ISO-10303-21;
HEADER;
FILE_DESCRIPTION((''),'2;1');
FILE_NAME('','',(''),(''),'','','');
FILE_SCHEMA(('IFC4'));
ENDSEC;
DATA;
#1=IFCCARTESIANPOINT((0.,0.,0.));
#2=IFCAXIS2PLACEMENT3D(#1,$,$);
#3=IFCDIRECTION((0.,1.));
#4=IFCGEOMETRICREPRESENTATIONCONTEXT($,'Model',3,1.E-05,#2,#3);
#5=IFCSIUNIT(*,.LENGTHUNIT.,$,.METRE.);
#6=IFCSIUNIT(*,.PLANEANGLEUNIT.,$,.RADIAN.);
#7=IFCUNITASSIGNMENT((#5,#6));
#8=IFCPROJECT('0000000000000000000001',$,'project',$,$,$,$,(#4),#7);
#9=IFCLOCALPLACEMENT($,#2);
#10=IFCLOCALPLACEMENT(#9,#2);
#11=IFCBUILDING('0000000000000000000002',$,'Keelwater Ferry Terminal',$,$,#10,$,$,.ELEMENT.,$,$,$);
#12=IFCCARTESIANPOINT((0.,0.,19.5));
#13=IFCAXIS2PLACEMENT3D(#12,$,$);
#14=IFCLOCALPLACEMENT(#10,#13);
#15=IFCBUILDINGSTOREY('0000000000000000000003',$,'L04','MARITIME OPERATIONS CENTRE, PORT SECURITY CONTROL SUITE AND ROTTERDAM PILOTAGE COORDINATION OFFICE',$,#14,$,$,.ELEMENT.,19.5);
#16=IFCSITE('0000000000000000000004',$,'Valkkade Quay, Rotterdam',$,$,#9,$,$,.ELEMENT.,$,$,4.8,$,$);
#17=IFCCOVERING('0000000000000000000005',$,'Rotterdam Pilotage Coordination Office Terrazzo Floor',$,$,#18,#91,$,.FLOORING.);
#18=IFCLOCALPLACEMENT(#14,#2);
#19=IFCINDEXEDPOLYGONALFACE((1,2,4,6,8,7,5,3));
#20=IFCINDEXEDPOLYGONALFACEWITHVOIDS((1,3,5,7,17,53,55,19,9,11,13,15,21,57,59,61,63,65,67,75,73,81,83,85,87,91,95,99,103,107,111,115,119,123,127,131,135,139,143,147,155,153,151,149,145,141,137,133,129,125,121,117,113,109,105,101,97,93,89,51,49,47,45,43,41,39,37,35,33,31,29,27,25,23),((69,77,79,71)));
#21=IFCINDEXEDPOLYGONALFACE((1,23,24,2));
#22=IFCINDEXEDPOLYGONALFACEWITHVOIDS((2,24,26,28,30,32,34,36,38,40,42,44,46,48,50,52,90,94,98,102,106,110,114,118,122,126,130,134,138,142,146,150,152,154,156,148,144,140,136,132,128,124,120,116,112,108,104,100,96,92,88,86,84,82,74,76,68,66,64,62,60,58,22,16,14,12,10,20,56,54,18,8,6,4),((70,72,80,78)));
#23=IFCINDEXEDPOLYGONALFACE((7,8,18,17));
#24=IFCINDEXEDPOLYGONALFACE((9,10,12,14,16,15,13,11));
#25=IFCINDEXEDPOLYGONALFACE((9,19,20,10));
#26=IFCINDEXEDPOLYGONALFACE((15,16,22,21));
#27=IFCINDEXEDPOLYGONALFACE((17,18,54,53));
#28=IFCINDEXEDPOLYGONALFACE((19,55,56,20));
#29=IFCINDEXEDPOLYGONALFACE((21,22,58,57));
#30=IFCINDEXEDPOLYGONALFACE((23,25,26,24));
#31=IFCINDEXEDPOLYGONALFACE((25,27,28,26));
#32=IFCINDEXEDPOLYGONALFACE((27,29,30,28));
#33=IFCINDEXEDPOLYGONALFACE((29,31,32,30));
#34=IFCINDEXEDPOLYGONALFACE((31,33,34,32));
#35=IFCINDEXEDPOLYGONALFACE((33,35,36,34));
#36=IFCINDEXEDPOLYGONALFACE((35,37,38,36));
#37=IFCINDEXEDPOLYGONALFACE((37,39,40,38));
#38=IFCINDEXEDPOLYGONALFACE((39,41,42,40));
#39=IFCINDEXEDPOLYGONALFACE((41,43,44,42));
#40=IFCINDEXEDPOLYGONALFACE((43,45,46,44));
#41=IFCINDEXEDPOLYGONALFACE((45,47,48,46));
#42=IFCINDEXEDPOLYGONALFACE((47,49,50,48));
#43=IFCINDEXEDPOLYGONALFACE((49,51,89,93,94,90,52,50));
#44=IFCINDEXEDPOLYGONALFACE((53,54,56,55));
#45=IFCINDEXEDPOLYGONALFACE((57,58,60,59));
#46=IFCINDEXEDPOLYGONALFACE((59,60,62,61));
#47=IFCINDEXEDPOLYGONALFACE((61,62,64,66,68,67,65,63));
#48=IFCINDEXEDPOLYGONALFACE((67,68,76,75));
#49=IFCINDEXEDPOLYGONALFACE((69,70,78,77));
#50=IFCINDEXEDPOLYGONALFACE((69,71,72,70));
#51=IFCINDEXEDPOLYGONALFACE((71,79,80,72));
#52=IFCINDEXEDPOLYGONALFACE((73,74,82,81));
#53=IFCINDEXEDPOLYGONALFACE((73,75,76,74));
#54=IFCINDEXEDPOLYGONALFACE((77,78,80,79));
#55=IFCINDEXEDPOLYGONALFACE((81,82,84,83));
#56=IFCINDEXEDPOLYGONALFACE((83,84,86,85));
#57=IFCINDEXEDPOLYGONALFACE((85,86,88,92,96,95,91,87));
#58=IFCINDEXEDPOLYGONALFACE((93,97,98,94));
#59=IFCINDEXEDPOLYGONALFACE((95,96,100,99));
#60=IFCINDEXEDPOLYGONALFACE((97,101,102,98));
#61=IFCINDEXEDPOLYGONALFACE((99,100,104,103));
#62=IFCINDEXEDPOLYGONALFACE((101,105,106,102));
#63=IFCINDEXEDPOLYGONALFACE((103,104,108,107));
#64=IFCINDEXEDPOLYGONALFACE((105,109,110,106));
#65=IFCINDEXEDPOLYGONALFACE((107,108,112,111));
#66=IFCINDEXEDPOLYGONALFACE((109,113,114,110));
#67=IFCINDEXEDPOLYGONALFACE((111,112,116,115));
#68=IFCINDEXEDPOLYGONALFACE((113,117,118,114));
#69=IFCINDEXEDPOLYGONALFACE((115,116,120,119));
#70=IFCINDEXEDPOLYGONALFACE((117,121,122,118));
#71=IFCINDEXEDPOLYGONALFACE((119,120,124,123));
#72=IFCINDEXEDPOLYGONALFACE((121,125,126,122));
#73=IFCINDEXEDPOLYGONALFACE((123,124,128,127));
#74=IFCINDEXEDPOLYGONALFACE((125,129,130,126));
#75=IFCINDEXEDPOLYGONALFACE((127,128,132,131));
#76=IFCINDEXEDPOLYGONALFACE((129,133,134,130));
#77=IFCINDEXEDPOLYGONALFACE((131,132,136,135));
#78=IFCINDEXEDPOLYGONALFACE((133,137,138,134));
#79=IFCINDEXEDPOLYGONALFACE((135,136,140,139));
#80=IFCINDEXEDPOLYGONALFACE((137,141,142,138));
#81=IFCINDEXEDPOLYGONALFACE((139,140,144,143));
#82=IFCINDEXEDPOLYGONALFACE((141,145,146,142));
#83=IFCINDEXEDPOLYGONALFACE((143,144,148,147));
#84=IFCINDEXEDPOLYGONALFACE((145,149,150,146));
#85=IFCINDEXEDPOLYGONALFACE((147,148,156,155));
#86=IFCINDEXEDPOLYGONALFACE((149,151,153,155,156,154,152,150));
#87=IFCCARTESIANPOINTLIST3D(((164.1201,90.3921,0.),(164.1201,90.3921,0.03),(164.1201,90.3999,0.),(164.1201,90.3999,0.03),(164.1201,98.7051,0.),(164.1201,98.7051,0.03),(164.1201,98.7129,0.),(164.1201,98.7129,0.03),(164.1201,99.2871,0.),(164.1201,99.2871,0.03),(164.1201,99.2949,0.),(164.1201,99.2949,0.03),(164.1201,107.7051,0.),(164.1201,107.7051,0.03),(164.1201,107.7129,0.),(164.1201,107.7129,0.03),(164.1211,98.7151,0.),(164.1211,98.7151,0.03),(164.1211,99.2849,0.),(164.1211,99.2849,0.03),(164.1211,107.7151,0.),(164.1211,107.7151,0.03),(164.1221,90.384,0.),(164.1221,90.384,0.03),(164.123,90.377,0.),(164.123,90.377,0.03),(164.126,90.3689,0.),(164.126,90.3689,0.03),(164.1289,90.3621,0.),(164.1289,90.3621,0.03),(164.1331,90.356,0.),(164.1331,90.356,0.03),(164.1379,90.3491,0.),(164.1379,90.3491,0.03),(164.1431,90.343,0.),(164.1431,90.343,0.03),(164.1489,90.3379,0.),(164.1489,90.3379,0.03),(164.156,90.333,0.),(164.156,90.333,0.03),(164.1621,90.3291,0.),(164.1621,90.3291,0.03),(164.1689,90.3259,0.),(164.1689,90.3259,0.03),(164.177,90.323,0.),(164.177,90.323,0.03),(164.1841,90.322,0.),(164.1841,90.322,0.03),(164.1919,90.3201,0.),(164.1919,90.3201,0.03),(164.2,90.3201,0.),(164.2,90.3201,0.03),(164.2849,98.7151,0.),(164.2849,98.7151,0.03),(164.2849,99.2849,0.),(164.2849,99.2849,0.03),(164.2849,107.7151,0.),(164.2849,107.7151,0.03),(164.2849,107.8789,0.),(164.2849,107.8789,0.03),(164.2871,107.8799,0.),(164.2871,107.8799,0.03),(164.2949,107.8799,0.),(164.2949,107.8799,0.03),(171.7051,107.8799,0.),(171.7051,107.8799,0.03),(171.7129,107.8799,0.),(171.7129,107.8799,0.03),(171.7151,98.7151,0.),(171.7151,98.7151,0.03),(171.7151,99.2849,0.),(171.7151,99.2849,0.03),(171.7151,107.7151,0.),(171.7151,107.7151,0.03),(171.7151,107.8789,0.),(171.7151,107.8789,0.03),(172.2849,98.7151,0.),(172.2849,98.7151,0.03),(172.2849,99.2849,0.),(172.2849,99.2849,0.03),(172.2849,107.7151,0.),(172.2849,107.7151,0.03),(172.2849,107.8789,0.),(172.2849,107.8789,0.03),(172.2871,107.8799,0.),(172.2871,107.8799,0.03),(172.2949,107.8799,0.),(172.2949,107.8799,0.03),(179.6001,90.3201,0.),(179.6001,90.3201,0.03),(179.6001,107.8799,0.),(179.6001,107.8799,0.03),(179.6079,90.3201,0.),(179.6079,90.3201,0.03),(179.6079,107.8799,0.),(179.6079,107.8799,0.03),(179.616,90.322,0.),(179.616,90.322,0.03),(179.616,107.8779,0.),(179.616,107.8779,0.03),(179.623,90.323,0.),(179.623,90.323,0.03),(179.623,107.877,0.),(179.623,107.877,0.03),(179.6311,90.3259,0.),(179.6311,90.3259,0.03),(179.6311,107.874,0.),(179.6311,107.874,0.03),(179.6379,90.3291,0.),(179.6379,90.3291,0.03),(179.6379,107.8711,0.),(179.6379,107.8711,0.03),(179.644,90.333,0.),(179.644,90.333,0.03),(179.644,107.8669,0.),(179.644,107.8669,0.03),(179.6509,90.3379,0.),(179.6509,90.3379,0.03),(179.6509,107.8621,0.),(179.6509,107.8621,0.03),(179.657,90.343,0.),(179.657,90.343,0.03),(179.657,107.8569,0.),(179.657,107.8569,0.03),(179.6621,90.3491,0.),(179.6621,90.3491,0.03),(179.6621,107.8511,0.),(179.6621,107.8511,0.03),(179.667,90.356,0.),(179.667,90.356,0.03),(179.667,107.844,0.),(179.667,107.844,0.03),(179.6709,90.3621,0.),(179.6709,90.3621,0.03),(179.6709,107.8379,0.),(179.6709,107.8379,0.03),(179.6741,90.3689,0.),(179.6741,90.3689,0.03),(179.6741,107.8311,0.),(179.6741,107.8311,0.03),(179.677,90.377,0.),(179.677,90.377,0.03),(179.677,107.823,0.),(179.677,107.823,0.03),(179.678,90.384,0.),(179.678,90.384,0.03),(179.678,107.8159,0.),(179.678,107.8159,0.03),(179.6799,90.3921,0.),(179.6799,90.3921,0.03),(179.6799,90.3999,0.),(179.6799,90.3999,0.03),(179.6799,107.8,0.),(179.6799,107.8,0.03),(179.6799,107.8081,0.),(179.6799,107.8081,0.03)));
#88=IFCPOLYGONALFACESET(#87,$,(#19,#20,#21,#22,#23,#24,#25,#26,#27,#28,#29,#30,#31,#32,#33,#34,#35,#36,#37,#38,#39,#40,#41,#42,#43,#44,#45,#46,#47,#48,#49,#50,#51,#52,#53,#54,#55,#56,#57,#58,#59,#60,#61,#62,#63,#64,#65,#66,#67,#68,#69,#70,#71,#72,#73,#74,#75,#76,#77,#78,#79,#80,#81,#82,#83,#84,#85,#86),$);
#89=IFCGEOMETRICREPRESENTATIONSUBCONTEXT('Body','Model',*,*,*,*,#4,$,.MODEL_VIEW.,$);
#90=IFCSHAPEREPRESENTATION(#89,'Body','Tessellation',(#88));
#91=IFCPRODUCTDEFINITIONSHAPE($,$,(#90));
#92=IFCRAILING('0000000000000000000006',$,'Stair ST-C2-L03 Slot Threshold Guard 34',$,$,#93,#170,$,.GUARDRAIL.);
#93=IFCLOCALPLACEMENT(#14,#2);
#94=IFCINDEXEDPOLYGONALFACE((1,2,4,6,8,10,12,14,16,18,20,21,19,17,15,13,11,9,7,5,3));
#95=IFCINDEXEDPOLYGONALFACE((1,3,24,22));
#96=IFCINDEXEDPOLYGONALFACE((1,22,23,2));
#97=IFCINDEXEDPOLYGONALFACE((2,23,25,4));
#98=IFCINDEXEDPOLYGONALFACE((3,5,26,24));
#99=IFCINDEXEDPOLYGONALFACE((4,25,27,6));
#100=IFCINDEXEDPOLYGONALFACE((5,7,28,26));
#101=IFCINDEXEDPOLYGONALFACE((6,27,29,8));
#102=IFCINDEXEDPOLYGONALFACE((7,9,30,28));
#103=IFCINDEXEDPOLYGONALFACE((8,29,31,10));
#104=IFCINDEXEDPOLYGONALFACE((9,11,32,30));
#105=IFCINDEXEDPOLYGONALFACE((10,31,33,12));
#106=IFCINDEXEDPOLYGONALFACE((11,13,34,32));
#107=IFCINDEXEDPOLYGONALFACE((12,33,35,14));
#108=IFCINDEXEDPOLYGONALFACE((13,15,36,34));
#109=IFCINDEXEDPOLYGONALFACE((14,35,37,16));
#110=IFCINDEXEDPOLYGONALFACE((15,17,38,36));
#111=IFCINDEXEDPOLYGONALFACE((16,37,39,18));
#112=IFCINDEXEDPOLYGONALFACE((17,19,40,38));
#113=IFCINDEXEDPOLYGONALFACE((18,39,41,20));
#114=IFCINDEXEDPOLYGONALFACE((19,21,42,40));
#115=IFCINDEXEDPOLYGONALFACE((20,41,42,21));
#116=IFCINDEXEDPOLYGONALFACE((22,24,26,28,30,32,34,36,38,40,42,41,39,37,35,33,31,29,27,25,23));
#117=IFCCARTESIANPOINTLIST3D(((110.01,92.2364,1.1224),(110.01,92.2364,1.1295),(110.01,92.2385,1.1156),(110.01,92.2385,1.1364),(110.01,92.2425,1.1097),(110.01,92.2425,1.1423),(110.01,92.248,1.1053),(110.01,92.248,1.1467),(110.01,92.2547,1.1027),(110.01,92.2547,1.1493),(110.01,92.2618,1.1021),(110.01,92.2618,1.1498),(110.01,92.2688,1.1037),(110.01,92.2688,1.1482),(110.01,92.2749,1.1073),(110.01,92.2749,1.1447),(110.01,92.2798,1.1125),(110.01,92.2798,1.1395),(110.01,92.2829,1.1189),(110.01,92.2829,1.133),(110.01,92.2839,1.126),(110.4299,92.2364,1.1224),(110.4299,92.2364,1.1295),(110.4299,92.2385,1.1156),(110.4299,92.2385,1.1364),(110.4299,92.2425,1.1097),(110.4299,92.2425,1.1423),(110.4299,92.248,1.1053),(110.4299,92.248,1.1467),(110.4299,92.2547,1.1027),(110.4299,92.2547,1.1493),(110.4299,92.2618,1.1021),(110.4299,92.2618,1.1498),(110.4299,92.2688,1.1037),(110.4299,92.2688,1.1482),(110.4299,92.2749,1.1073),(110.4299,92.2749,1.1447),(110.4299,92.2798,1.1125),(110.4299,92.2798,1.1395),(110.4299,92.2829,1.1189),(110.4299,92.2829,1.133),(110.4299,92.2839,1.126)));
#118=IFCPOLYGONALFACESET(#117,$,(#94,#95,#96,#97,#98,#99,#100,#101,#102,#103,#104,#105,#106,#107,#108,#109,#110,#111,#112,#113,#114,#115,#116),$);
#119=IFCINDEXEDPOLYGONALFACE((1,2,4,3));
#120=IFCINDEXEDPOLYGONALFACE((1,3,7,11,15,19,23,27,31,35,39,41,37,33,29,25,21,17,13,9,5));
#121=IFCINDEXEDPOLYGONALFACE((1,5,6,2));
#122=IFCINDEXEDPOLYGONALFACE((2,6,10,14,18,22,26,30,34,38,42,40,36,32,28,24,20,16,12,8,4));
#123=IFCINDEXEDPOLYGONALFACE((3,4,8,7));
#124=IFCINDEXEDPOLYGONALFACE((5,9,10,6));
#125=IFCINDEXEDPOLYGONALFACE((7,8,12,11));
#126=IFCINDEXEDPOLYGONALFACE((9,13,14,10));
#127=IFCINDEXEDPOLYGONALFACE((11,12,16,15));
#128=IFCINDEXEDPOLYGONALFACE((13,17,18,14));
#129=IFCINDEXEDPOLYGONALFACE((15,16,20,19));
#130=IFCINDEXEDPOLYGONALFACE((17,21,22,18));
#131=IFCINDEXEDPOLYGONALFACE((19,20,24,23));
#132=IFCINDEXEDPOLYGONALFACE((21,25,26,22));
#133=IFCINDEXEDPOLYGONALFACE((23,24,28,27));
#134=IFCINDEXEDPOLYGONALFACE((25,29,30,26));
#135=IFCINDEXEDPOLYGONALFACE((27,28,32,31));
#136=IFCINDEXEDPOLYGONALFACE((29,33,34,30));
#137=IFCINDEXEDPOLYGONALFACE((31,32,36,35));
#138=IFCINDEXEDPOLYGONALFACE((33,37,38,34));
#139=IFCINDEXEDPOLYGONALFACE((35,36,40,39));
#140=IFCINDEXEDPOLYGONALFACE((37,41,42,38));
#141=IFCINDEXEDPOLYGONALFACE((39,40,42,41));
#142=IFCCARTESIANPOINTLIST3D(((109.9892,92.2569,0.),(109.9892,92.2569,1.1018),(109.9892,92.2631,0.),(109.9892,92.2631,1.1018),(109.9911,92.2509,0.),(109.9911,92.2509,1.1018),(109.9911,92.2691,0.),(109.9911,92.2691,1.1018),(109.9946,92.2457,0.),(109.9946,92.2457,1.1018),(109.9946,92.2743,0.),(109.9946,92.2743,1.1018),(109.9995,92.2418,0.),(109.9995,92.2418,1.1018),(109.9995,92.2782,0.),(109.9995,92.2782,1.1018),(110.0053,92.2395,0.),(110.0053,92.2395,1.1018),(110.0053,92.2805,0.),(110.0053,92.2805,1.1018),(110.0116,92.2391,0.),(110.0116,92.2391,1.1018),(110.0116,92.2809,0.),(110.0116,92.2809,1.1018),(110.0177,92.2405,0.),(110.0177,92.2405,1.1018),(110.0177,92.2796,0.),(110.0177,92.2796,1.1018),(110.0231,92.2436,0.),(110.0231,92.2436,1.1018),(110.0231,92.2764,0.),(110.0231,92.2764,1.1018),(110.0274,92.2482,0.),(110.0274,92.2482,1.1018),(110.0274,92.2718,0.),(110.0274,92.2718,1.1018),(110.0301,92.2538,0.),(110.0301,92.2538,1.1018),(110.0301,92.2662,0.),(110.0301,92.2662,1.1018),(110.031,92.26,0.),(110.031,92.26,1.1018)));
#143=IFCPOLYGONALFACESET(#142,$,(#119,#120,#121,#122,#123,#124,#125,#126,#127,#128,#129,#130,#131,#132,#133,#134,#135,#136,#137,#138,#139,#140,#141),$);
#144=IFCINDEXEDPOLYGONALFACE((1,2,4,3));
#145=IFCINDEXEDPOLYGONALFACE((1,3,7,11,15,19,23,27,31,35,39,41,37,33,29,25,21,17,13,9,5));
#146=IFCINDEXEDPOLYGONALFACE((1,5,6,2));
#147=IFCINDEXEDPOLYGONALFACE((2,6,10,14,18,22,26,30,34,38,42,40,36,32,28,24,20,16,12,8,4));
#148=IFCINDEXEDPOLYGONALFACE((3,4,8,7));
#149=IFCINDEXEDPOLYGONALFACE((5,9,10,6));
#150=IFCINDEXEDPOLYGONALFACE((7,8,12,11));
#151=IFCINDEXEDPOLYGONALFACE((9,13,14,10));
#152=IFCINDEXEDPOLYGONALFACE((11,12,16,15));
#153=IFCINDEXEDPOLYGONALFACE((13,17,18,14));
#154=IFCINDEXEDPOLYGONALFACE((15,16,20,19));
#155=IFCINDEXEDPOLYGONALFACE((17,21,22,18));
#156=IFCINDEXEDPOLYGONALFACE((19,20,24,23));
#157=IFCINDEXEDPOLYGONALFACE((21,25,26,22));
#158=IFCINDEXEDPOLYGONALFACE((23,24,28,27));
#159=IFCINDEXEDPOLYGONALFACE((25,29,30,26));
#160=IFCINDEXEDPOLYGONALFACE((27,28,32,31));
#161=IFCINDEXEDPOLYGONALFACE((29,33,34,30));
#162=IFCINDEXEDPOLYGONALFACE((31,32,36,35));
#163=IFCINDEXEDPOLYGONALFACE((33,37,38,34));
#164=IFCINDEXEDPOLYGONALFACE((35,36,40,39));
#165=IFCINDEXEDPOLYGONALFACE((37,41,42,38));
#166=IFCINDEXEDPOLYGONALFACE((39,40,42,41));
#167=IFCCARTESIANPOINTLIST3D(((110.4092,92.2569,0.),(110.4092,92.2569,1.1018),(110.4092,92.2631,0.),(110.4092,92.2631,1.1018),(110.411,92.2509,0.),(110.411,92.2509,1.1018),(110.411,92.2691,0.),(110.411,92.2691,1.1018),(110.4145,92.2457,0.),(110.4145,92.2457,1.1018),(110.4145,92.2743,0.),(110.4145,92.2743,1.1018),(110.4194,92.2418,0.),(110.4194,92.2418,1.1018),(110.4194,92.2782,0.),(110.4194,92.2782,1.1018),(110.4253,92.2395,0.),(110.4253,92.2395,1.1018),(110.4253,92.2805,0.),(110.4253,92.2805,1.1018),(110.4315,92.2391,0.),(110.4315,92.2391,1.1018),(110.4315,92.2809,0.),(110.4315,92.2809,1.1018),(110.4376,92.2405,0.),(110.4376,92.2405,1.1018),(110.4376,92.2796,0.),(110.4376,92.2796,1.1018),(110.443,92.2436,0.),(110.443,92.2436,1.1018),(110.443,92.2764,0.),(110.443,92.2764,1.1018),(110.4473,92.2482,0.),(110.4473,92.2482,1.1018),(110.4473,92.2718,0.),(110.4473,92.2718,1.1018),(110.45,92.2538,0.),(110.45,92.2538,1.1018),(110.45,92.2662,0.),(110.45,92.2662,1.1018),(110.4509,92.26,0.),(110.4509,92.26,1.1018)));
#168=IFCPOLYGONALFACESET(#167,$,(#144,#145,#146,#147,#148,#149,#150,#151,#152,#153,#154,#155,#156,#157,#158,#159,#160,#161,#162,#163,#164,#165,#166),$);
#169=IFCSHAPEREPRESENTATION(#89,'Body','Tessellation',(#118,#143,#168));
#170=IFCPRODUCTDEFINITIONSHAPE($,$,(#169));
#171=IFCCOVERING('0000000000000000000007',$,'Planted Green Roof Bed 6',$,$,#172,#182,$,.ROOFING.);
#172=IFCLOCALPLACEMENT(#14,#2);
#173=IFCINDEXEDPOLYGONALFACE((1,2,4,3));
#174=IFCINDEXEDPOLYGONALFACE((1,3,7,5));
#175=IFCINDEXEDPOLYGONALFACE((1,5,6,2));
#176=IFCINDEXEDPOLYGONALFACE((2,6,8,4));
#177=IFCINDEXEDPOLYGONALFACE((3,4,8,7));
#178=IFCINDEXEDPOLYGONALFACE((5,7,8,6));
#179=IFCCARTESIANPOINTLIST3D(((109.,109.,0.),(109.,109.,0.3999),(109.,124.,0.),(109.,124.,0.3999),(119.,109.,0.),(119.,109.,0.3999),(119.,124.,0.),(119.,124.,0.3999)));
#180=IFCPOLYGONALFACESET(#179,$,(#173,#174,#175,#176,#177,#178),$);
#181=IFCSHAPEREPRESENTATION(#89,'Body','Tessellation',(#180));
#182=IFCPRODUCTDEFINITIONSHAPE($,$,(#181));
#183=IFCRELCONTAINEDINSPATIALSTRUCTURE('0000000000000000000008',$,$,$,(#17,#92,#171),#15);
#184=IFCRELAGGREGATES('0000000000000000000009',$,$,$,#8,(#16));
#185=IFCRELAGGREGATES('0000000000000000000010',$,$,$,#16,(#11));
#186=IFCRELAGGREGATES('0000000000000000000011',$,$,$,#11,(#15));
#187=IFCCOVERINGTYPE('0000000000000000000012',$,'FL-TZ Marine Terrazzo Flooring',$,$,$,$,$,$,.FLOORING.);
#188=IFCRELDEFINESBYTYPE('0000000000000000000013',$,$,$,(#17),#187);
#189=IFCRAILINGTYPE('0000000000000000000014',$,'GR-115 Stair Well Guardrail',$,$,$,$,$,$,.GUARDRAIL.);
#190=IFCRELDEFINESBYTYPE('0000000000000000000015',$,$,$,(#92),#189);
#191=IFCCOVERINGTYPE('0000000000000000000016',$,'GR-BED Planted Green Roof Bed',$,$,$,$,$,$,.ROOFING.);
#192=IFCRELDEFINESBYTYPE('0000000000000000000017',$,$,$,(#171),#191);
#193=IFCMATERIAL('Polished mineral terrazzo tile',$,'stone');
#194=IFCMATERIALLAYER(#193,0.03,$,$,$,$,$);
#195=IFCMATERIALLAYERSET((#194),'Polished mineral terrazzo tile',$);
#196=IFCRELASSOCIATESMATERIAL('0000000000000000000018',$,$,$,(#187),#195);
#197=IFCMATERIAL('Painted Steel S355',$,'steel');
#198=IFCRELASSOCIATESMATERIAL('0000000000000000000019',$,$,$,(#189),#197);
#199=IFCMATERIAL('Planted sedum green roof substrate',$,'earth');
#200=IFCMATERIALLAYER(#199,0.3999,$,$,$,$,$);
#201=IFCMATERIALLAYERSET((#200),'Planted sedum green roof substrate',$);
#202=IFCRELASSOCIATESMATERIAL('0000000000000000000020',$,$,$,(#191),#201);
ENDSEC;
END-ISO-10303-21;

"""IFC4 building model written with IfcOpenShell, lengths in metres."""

from ifc_helpers import new_model, si_unit, direction, frame, origin, origin_2d, place, context, subcontext, project, spatial, polyline, circle, outline, extrude, material, layer, layer_set, type_object, element, save


model = new_model("IFC4")

# Units and contexts
model_context = context("Model", 3, precision=1e-05, world=origin(), true_north=direction((0.0, 1.0)))
body_context = subcontext(model_context, "Body", "Model", "MODEL_VIEW")
ifc_project = project(units=[si_unit("LENGTHUNIT", "METRE"), si_unit("PLANEANGLEUNIT", "RADIAN")], contexts=[model_context])

# Site, building, storey
site_placement = place(None, origin())
site = spatial("IfcSite", under=ifc_project, at=site_placement, Name="Valkkade Quay, Rotterdam", CompositionType="ELEMENT", RefElevation=4.8)
building_placement = place(site_placement, origin())
building = spatial("IfcBuilding", under=site, at=building_placement, Name="Keelwater Ferry Terminal", CompositionType="ELEMENT")
storey_placement = place(building_placement, frame((0.0, 0.0, 19.5)))
storey = spatial("IfcBuildingStorey", under=building, at=storey_placement, Name="L04", Description="MARITIME OPERATIONS CENTRE, PORT SECURITY CONTROL SUITE AND ROTTERDAM PILOTAGE COORDINATION OFFICE", CompositionType="ELEMENT", Elevation=19.5)

# Covering
ifc_material_1 = material(Name="Polished mineral terrazzo tile", Category="stone")
ifc_layer_1 = layer(ifc_material_1, 0.03)
ifc_layer_set_1 = layer_set([ifc_layer_1], Name="Polished mineral terrazzo tile")
covering_type_1 = type_object("IfcCoveringType", Name="FL-TZ Marine Terrazzo Flooring", PredefinedType="FLOORING", material=ifc_layer_set_1)
covering_1_placement = place(storey_placement, origin())
element("IfcCovering", 1, at=covering_1_placement, inside=storey, type_object=covering_type_1, Name="Rotterdam Pilotage Coordination Office Terrazzo Floor", PredefinedType="FLOORING", context=body_context, shape_type="SweptSolid", body=[
    extrude(outline(polyline([(171.7151, 107.8789), (171.7151, 107.7151), (172.2849, 107.7151), (172.2849, 107.8789), (172.2871, 107.8799), (172.2949, 107.8799), (179.6001, 107.8799), (179.6079, 107.8799), (179.616, 107.8779), (179.623, 107.877), (179.6311, 107.874), (179.6379, 107.8711), (179.644, 107.8669), (179.6509, 107.8621), (179.657, 107.8569), (179.6621, 107.8511), (179.667, 107.844), (179.6709, 107.8379), (179.6741, 107.8311), (179.677, 107.823), (179.678, 107.8159), (179.6799, 107.8081), (179.6799, 107.8), (179.6799, 90.3999), (179.6799, 90.3921), (179.678, 90.384), (179.677, 90.377), (179.6741, 90.3689), (179.6709, 90.3621), (179.667, 90.356), (179.6621, 90.3491), (179.657, 90.343), (179.6509, 90.3379), (179.644, 90.333), (179.6379, 90.3291), (179.6311, 90.3259), (179.623, 90.323), (179.616, 90.322), (179.6079, 90.3201), (179.6001, 90.3201), (164.2, 90.3201), (164.1919, 90.3201), (164.1841, 90.322), (164.177, 90.323), (164.1689, 90.3259), (164.1621, 90.3291), (164.156, 90.333), (164.1489, 90.3379), (164.1431, 90.343), (164.1379, 90.3491), (164.1331, 90.356), (164.1289, 90.3621), (164.126, 90.3689), (164.123, 90.377), (164.1221, 90.384), (164.1201, 90.3921), (164.1201, 90.3999), (164.1201, 98.7051), (164.1201, 98.7129), (164.1211, 98.7151), (164.2849, 98.7151), (164.2849, 99.2849), (164.1211, 99.2849), (164.1201, 99.2871), (164.1201, 99.2949), (164.1201, 107.7051), (164.1201, 107.7129), (164.1211, 107.7151), (164.2849, 107.7151), (164.2849, 107.8789), (164.2871, 107.8799), (164.2949, 107.8799), (171.7051, 107.8799), (171.7129, 107.8799), (171.7151, 107.8789)]), holes=[polyline([(172.2849, 98.7151), (172.2849, 99.2849), (171.7151, 99.2849), (171.7151, 98.7151), (172.2849, 98.7151)])]), origin(), (0.0, 0.0, 1.0), 0.03),
])

# Railing
ifc_material_2 = material(Name="Painted Steel S355", Category="steel")
railing_type_1 = type_object("IfcRailingType", Name="GR-115 Stair Well Guardrail", PredefinedType="GUARDRAIL", material=ifc_material_2)
railing_1_placement = place(storey_placement, frame((110.01, 92.26, 0.0)))
element("IfcRailing", 2, at=railing_1_placement, inside=storey, type_object=railing_type_1, Name="Stair ST-C2-L03 Slot Threshold Guard 34", PredefinedType="GUARDRAIL", context=body_context, shape_type="SweptSolid", body=[
    extrude(circle(Radius=0.0239, at=origin_2d()), frame((0.0, 0.0, 1.126), z_axis=(1.0, 0.0, 0.0), x_axis=(0.0, 1.0, 0.0)), (0.0, 0.0, 1.0), 0.4199),
    extrude(circle(Radius=0.021, at=origin_2d()), origin(), (0.0, 0.0, 1.0), 1.1018),
    extrude(circle(Radius=0.021, at=origin_2d()), frame((0.4199, 0.0, 0.0)), (0.0, 0.0, 1.0), 1.1018),
])

# Covering
ifc_material_3 = material(Name="Planted sedum green roof substrate", Category="earth")
ifc_layer_2 = layer(ifc_material_3, 0.3999)
ifc_layer_set_2 = layer_set([ifc_layer_2], Name="Planted sedum green roof substrate")
covering_type_2 = type_object("IfcCoveringType", Name="GR-BED Planted Green Roof Bed", PredefinedType="ROOFING", material=ifc_layer_set_2)
covering_2_placement = place(storey_placement, origin())
element("IfcCovering", 3, at=covering_2_placement, inside=storey, type_object=covering_type_2, Name="Planted Green Roof Bed 6", PredefinedType="ROOFING", context=body_context, shape_type="SweptSolid", body=[
    extrude(outline(polyline([(109.0, 109.0), (119.0, 109.0), (119.0, 124.0), (109.0, 124.0), (109.0, 109.0)])), origin(), (0.0, 0.0, 1.0), 0.3999),
])

save(model, "model.ifc")
